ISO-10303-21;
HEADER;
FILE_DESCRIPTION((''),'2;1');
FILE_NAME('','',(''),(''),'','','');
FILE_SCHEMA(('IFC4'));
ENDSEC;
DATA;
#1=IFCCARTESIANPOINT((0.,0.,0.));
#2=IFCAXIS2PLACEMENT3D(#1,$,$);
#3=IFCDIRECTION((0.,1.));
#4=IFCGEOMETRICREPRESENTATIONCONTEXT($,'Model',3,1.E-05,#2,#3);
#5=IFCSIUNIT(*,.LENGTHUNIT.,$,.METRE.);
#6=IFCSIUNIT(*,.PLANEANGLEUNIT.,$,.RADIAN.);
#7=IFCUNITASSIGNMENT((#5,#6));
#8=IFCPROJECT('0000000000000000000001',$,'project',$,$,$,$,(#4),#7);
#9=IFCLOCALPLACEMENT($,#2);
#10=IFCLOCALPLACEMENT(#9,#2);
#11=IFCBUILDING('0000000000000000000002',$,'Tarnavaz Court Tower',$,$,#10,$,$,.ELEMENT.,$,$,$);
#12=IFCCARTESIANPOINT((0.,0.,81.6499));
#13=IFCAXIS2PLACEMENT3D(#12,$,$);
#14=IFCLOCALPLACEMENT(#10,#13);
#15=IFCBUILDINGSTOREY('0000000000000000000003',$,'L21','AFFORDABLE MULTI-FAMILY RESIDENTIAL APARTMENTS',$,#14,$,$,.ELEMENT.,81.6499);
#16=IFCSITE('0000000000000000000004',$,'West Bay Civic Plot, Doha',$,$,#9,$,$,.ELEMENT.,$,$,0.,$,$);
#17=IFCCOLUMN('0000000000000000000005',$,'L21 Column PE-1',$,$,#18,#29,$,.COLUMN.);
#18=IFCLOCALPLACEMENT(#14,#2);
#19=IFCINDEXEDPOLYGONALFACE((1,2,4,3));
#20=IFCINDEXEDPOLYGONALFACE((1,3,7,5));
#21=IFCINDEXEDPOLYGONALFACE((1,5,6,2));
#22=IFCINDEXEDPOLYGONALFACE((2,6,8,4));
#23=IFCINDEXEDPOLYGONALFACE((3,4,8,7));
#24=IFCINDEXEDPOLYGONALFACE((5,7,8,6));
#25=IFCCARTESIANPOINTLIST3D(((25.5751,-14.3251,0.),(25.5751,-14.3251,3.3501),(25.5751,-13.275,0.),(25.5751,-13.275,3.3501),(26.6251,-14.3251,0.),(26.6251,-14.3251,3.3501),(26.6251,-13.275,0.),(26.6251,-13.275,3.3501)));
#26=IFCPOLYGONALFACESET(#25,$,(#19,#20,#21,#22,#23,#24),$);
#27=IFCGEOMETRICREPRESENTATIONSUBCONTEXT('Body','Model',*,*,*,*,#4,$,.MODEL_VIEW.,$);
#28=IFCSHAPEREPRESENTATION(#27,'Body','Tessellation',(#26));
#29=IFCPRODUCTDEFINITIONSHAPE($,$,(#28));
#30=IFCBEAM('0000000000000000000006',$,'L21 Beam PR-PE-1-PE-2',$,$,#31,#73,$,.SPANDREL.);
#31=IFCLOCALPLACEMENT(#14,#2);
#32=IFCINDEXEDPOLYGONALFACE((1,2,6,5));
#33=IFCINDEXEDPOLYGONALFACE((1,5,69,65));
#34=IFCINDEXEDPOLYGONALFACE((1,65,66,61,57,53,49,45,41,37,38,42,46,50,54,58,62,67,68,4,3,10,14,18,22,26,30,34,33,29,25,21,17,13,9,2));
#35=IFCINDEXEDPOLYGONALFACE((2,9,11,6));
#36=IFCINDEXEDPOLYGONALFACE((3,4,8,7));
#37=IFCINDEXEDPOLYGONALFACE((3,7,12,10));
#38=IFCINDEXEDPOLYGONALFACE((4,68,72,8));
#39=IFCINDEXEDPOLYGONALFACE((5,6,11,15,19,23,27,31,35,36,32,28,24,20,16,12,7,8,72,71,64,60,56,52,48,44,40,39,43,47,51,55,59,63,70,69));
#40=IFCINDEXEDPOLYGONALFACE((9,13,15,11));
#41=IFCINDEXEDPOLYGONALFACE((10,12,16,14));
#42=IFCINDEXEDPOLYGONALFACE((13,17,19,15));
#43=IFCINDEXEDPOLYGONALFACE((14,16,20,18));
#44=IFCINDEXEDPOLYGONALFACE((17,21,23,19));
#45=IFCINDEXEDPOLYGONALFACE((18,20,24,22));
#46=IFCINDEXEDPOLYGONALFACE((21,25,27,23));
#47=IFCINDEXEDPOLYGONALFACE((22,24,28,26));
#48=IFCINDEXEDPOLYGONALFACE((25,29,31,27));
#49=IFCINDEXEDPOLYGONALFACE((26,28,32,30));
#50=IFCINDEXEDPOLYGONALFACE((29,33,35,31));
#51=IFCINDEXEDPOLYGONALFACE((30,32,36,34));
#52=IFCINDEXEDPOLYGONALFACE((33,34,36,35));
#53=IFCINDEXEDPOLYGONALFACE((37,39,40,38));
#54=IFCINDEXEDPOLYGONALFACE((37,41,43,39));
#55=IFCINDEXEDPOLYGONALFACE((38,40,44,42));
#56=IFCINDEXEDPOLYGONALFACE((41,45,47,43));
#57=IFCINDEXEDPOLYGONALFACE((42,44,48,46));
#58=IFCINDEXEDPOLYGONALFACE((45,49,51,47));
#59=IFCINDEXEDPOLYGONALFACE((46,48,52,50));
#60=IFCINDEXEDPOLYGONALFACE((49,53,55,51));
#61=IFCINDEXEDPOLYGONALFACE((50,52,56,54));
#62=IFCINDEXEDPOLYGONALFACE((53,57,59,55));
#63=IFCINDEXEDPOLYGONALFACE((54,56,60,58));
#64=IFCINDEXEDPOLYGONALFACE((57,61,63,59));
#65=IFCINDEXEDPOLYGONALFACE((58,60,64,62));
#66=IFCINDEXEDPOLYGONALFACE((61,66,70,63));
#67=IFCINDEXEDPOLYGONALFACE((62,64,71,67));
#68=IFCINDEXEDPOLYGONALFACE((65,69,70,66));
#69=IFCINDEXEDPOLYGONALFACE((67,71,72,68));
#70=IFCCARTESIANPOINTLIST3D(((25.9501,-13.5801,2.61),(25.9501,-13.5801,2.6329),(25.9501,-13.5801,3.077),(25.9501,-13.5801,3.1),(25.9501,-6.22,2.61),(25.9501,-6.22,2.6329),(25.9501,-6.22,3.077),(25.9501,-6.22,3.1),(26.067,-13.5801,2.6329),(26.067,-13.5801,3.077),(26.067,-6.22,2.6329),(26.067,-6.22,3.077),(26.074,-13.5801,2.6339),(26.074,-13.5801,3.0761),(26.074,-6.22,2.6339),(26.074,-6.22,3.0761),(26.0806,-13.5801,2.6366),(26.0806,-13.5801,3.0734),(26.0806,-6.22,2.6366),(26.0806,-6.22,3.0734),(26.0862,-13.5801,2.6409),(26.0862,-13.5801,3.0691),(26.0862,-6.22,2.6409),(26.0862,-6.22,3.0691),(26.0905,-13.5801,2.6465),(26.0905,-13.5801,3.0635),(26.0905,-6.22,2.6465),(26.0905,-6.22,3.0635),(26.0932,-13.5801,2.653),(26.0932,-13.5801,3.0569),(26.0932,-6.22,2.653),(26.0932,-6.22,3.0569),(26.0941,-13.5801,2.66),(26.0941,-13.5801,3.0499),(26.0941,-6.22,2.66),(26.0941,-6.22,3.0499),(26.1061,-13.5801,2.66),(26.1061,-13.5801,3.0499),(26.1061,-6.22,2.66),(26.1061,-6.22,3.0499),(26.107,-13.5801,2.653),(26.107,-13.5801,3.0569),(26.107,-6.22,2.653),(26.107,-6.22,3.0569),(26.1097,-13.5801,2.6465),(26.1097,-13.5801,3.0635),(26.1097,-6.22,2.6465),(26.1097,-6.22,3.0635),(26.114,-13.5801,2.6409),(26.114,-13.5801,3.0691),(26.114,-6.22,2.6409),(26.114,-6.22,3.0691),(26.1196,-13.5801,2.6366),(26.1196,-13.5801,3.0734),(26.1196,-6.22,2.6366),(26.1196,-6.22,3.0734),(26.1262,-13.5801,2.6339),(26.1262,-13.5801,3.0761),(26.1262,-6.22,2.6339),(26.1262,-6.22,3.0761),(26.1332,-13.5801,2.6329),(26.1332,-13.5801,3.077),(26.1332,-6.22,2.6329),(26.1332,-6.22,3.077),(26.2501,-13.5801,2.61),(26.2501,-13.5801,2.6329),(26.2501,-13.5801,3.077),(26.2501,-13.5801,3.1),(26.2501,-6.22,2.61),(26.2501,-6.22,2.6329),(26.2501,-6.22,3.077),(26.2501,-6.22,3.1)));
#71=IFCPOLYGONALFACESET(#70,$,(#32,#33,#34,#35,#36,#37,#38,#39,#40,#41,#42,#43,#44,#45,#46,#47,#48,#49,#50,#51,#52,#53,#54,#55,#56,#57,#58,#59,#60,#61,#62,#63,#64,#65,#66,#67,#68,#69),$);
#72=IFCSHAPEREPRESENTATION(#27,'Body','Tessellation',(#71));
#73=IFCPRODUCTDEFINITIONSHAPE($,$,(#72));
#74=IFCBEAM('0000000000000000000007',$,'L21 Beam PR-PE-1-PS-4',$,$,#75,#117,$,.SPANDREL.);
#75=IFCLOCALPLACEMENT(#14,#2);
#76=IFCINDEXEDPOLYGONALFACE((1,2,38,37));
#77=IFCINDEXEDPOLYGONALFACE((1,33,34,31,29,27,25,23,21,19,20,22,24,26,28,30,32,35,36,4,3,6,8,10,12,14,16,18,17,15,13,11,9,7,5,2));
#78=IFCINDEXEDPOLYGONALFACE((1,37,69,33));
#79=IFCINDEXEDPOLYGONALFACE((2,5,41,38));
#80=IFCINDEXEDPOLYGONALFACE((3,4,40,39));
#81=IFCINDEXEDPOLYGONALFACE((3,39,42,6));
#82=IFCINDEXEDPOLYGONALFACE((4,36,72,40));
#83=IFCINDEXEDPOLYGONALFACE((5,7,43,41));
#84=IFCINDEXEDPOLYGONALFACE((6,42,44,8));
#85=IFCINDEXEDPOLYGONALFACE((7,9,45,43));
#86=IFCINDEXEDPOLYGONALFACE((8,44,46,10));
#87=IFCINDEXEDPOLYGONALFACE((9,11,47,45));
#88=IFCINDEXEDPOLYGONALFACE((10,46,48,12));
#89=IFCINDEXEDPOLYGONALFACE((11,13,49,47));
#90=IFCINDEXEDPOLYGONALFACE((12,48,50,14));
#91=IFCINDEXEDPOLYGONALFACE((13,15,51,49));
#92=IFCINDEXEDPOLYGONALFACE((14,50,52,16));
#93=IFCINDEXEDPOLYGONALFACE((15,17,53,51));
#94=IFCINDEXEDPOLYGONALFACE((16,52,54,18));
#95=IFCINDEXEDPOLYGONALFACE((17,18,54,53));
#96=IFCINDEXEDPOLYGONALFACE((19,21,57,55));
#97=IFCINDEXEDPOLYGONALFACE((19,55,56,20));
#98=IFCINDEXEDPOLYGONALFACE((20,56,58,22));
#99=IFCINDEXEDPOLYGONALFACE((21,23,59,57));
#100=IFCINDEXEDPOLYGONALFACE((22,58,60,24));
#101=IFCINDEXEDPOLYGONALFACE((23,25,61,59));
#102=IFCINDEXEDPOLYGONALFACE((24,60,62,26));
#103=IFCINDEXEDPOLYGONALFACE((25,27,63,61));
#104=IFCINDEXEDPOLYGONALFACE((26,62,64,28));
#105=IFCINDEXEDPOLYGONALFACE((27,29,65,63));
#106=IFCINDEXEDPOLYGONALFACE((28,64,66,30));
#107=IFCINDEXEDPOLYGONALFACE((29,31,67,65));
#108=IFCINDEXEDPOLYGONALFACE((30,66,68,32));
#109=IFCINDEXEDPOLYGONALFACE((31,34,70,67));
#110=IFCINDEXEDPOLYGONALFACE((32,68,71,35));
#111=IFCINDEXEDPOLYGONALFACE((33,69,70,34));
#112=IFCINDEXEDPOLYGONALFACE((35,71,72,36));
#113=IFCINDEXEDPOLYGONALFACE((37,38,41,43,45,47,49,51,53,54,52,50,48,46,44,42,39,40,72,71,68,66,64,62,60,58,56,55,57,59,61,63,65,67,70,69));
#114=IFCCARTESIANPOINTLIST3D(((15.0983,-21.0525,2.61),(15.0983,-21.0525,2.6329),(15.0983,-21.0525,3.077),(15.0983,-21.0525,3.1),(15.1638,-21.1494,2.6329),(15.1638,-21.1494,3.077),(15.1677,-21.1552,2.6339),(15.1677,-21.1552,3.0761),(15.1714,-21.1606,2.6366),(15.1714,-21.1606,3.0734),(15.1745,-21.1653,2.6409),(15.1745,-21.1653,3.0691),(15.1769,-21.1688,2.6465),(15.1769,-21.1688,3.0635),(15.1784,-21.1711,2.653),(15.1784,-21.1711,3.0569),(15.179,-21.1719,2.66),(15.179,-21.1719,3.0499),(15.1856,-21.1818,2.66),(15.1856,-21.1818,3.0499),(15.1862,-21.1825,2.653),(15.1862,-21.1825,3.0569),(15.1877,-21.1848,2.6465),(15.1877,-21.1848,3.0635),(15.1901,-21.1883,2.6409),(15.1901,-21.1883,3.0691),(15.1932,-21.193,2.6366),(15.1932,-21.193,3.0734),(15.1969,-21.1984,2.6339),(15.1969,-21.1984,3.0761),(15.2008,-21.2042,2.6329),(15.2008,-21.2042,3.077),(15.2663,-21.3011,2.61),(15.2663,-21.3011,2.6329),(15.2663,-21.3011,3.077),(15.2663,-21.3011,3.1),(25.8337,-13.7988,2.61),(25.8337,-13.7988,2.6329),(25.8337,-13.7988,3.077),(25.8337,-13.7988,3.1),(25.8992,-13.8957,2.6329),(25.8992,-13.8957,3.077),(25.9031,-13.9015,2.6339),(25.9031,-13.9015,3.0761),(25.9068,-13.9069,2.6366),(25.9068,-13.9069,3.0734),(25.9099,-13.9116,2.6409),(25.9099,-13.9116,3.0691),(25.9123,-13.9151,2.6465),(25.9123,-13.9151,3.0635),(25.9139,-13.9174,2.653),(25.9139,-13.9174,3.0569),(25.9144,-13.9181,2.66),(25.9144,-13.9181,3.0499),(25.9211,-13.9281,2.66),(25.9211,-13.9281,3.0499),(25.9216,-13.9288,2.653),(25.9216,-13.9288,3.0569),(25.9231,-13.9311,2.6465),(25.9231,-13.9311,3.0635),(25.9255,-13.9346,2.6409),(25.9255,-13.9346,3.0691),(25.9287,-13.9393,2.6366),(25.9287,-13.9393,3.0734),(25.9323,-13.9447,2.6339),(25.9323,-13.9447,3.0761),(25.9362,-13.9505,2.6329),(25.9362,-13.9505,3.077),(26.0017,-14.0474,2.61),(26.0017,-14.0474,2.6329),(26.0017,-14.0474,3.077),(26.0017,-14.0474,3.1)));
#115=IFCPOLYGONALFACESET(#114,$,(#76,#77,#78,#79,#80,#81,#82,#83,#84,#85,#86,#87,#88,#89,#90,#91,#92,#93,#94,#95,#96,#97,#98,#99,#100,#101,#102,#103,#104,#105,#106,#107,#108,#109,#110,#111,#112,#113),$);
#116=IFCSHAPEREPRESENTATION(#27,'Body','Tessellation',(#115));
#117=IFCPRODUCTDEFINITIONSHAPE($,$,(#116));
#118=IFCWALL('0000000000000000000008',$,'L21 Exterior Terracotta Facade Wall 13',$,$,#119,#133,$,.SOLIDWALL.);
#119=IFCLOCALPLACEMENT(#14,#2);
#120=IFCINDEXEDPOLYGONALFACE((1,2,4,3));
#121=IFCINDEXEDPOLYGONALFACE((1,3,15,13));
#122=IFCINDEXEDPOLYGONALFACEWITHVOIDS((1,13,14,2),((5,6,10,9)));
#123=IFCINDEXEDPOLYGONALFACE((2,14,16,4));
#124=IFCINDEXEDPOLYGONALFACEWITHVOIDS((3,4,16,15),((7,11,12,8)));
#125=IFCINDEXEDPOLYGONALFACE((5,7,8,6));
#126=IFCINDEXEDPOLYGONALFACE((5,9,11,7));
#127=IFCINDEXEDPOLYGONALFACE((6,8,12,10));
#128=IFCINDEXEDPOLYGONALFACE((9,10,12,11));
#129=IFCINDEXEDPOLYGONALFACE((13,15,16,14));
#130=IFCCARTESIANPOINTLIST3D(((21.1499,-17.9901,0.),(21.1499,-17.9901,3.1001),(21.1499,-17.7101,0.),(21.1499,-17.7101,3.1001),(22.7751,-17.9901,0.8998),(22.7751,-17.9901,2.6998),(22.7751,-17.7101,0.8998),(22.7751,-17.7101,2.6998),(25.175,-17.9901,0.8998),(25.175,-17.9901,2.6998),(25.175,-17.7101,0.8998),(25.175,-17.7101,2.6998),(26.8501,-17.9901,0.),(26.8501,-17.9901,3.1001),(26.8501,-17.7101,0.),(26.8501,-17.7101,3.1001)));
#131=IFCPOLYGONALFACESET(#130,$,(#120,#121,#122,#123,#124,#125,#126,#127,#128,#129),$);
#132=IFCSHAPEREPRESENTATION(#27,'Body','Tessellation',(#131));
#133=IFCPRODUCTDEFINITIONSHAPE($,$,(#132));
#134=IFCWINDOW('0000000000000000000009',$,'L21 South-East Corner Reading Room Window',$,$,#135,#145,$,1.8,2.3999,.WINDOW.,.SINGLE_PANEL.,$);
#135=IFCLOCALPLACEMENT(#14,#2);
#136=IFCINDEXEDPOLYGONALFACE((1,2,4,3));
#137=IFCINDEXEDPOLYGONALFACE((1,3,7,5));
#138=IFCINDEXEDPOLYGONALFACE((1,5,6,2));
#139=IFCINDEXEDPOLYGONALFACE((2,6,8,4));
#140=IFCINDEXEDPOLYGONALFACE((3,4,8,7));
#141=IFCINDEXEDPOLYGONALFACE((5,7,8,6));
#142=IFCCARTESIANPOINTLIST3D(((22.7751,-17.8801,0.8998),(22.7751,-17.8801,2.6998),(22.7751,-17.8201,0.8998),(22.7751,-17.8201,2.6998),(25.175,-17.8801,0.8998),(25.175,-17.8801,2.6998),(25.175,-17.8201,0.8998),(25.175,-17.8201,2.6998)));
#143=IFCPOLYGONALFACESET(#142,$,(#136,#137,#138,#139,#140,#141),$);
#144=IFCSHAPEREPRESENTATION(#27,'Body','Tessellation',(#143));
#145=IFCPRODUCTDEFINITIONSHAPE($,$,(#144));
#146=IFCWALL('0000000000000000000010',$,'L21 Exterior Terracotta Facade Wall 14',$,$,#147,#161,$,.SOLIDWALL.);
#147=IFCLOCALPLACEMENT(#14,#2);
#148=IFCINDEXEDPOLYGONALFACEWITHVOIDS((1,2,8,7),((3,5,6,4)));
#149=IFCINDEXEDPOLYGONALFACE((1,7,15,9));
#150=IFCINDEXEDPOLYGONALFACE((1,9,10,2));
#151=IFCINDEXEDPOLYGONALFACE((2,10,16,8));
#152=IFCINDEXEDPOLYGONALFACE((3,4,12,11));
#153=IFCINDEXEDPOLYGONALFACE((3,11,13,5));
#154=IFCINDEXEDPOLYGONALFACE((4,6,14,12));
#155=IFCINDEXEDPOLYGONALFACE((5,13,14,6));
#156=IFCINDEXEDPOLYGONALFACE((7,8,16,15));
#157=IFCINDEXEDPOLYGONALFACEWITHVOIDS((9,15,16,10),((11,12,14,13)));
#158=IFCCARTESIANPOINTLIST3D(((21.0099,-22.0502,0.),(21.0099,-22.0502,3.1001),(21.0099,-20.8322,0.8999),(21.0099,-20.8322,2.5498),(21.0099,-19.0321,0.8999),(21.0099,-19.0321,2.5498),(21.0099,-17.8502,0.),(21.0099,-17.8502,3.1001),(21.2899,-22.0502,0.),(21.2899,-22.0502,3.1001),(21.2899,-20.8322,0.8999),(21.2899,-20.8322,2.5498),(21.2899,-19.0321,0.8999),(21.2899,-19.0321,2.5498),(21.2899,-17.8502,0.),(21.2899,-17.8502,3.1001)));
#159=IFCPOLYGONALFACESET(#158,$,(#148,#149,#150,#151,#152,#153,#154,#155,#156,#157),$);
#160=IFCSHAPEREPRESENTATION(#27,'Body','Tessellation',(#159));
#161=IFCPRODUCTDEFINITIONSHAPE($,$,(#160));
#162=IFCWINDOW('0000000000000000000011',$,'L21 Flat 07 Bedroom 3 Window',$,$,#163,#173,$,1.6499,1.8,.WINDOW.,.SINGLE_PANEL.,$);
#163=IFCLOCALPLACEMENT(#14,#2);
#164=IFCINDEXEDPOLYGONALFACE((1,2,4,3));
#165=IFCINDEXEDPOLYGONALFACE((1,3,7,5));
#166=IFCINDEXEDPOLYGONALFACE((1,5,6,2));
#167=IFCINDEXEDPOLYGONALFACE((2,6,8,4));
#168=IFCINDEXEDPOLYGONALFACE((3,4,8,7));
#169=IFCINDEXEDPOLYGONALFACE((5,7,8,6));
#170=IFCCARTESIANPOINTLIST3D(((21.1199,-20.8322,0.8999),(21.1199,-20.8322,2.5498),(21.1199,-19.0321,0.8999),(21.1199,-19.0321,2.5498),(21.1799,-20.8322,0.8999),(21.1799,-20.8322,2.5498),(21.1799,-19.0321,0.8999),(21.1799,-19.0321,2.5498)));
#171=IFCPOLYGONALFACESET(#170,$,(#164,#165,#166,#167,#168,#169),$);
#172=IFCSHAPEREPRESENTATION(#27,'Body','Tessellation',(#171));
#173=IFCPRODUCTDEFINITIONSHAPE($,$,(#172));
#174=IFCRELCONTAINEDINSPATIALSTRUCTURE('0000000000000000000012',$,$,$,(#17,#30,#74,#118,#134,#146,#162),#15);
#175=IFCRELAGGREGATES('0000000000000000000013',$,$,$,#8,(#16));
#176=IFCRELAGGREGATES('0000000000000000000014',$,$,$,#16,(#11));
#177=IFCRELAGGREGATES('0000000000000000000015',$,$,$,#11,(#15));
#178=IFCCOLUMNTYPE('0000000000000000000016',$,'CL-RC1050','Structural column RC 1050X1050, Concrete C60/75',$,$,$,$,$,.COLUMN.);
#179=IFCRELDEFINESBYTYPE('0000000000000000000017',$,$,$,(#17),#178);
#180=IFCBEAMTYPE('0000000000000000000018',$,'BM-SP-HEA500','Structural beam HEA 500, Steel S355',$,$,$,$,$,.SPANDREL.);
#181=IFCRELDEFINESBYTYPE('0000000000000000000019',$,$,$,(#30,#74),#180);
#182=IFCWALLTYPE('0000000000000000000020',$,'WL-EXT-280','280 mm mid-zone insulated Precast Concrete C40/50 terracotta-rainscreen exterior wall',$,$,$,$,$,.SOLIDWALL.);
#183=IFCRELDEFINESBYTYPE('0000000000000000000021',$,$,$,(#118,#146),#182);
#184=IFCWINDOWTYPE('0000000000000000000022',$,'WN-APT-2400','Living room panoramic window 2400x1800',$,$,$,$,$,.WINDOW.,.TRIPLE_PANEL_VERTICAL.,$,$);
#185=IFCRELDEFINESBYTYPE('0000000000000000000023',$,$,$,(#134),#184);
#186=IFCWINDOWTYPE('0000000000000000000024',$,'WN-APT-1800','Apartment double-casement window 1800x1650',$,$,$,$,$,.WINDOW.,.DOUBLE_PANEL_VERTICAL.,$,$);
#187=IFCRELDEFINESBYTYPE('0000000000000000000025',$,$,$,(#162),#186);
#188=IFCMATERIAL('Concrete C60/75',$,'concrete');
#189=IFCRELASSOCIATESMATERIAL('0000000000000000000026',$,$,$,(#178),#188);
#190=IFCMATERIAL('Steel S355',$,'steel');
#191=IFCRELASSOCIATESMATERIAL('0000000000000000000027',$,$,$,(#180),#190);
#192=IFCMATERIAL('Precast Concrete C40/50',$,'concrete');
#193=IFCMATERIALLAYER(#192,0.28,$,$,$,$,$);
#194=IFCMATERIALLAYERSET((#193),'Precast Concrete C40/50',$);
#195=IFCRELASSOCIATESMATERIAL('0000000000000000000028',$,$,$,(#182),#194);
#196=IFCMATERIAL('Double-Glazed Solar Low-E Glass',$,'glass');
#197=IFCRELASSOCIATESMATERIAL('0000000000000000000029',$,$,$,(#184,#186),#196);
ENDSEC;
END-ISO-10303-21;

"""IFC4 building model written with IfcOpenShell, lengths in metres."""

from ifc_helpers import new_model, si_unit, direction, frame, frame_2d, origin, origin_2d, place, context, subcontext, project, spatial, rectangle, i_section, extrude, material, layer, layer_set, material_profile, profile_set, type_object, element, fill, save


model = new_model("IFC4")

# Units and contexts
model_context = context("Model", 3, precision=1e-05, world=origin(), true_north=direction((0.0, 1.0)))
body_context = subcontext(model_context, "Body", "Model", "MODEL_VIEW")
ifc_project = project(units=[si_unit("LENGTHUNIT", "METRE"), si_unit("PLANEANGLEUNIT", "RADIAN")], contexts=[model_context])

# Site, building, storey
site_placement = place(None, origin())
site = spatial("IfcSite", under=ifc_project, at=site_placement, Name="West Bay Civic Plot, Doha", CompositionType="ELEMENT", RefElevation=0.0)
building_placement = place(site_placement, origin())
building = spatial("IfcBuilding", under=site, at=building_placement, Name="Tarnavaz Court Tower", CompositionType="ELEMENT")
storey_placement = place(building_placement, frame((0.0, 0.0, 81.6499)))
storey = spatial("IfcBuildingStorey", under=building, at=storey_placement, Name="L21", Description="AFFORDABLE MULTI-FAMILY RESIDENTIAL APARTMENTS", CompositionType="ELEMENT", Elevation=81.6499)

# Column
ifc_material_1 = material(Name="Concrete C60/75", Category="concrete")
ifc_material_profile_1 = material_profile(ifc_material_1, rectangle(XDim=1.05, YDim=1.05, at=origin_2d()), Name="RC 1050X1050")
ifc_profile_set_1 = profile_set([ifc_material_profile_1], Name="Concrete C60/75")
column_type = type_object("IfcColumnType", Name="CL-RC1050", Description="Structural column RC 1050X1050, Concrete C60/75", PredefinedType="COLUMN", material=ifc_profile_set_1)
column_placement = place(storey_placement, frame((26.1001, -13.8, 0.0), z_axis=(0.0, 0.0, 1.0), x_axis=(1.0, 0.0, 0.0)))
element("IfcColumn", 1, at=column_placement, inside=storey, type_object=column_type, Name="L21 Column PE-1", PredefinedType="COLUMN", context=body_context, shape_type="SweptSolid", body=[
    extrude(rectangle(XDim=1.05, YDim=1.05, at=origin_2d()), origin(), (0.0, 0.0, 1.0), 3.3501),
])

# Beams
ifc_material_2 = material(Name="Steel S355", Category="steel")
ifc_material_profile_2 = material_profile(ifc_material_2, i_section(OverallWidth=0.3, OverallDepth=0.49, WebThickness=0.012, FlangeThickness=0.0229, FilletRadius=0.0271, at=origin_2d()), Name="HEA 500")
ifc_profile_set_2 = profile_set([ifc_material_profile_2], Name="Steel S355")
beam_type = type_object("IfcBeamType", Name="BM-SP-HEA500", Description="Structural beam HEA 500, Steel S355", PredefinedType="SPANDREL", material=ifc_profile_set_2)
beam_1_placement = place(storey_placement, frame((26.1001, -13.5801, 2.855), z_axis=(0.0, 1.0, 0.0), x_axis=(-1.0, 0.0, 0.0)))
element("IfcBeam", 2, at=beam_1_placement, inside=storey, type_object=beam_type, Name="L21 Beam PR-PE-1-PE-2", PredefinedType="SPANDREL", context=body_context, shape_type="SweptSolid", body=[
    extrude(i_section(OverallWidth=0.3, OverallDepth=0.49, WebThickness=0.012, FlangeThickness=0.0229, FilletRadius=0.0271, at=origin_2d()), origin(), (0.0, 0.0, 1.0), 7.3601),
])
beam_2_placement = place(storey_placement, frame((25.9177, -13.9231, 2.855), z_axis=(-0.828587, -0.55986, 0.0), x_axis=(0.55986, -0.828587, 0.0)))
element("IfcBeam", 3, at=beam_2_placement, inside=storey, type_object=beam_type, Name="L21 Beam PR-PE-1-PS-4", PredefinedType="SPANDREL", context=body_context, shape_type="SweptSolid", body=[
    extrude(i_section(OverallWidth=0.3, OverallDepth=0.49, WebThickness=0.012, FlangeThickness=0.0229, FilletRadius=0.0271, at=origin_2d()), origin(), (0.0, 0.0, 1.0), 12.9563),
])

# Walls, openings, windows
ifc_material_3 = material(Name="Precast Concrete C40/50", Category="concrete")
ifc_layer_1 = layer(ifc_material_3, 0.28)
ifc_layer_set_1 = layer_set([ifc_layer_1], Name="Precast Concrete C40/50")
wall_type_1 = type_object("IfcWallType", Name="WL-EXT-280", Description="280 mm mid-zone insulated Precast Concrete C40/50 terracotta-rainscreen exterior wall", PredefinedType="SOLIDWALL", material=ifc_layer_set_1)
wall_1_placement = place(storey_placement, frame((26.8501, -17.8501, 0.0), z_axis=(0.0, 0.0, 1.0), x_axis=(-1.0, 0.0, 0.0)))
wall_1 = element("IfcWall", 4, at=wall_1_placement, inside=storey, type_object=wall_type_1, Name="L21 Exterior Terracotta Facade Wall 13", PredefinedType="SOLIDWALL", context=body_context, shape_type="SweptSolid", body=[
    extrude(rectangle(XDim=5.7002, YDim=0.28, at=frame_2d((2.8501, 0.0))), origin(), (0.0, 0.0, 1.0), 3.1001),
])
opening_1_placement = place(wall_1_placement, frame((1.675, 0.0, 0.8999)))
opening_1 = element("IfcOpeningElement", 5, at=opening_1_placement, cuts=wall_1, PredefinedType="OPENING", context=body_context, shape_type="SweptSolid", body=[
    extrude(rectangle(XDim=2.3999, YDim=1.8, at=frame_2d((1.2, 0.8999))), frame((0.0, 0.1499, 0.0), z_axis=(0.0, -1.0, 0.0), x_axis=(1.0, 0.0, 0.0)), (0.0, 0.0, 1.0), 0.3),
])
ifc_material_4 = material(Name="Double-Glazed Solar Low-E Glass", Category="glass")
window_type_1 = type_object("IfcWindowType", Name="WN-APT-2400", Description="Living room panoramic window 2400x1800", PartitioningType="TRIPLE_PANEL_VERTICAL", PredefinedType="WINDOW", material=ifc_material_4)
window_1_placement = place(opening_1_placement, origin())
window_1 = element("IfcWindow", 6, at=window_1_placement, inside=storey, type_object=window_type_1, Name="L21 South-East Corner Reading Room Window", OverallHeight=1.8, OverallWidth=2.3999, PartitioningType="SINGLE_PANEL", PredefinedType="WINDOW", context=body_context, shape_type="SweptSolid", body=[
    extrude(rectangle(XDim=2.3999, YDim=1.8, at=frame_2d((1.2, 0.8999))), frame((0.0, 0.03, 0.0), z_axis=(0.0, -1.0, 0.0), x_axis=(1.0, 0.0, 0.0)), (0.0, 0.0, 1.0), 0.0601),
])
fill(opening_1, window_1)
wall_2_placement = place(storey_placement, frame((21.1499, -17.8501, 0.0), z_axis=(0.0, 0.0, 1.0), x_axis=(0.0, -1.0, 0.0)))
wall_2 = element("IfcWall", 7, at=wall_2_placement, inside=storey, type_object=wall_type_1, Name="L21 Exterior Terracotta Facade Wall 14", PredefinedType="SOLIDWALL", context=body_context, shape_type="SweptSolid", body=[
    extrude(rectangle(XDim=4.2, YDim=0.28, at=frame_2d((2.1001, 0.0))), origin(), (0.0, 0.0, 1.0), 3.1001),
])
opening_2_placement = place(wall_2_placement, frame((1.1821, 0.0, 0.8999)))
opening_2 = element("IfcOpeningElement", 8, at=opening_2_placement, cuts=wall_2, PredefinedType="OPENING", context=body_context, shape_type="SweptSolid", body=[
    extrude(rectangle(XDim=1.8, YDim=1.6499, at=frame_2d((0.8999, 0.825))), frame((0.0, 0.1499, 0.0), z_axis=(0.0, -1.0, 0.0), x_axis=(1.0, 0.0, 0.0)), (0.0, 0.0, 1.0), 0.3),
])
window_type_2 = type_object("IfcWindowType", Name="WN-APT-1800", Description="Apartment double-casement window 1800x1650", PartitioningType="DOUBLE_PANEL_VERTICAL", PredefinedType="WINDOW", material=ifc_material_4)
window_2_placement = place(opening_2_placement, origin())
window_2 = element("IfcWindow", 9, at=window_2_placement, inside=storey, type_object=window_type_2, Name="L21 Flat 07 Bedroom 3 Window", OverallHeight=1.6499, OverallWidth=1.8, PartitioningType="SINGLE_PANEL", PredefinedType="WINDOW", context=body_context, shape_type="SweptSolid", body=[
    extrude(rectangle(XDim=1.8, YDim=1.6499, at=frame_2d((0.8999, 0.825))), frame((0.0, 0.03, 0.0), z_axis=(0.0, -1.0, 0.0), x_axis=(1.0, 0.0, 0.0)), (0.0, 0.0, 1.0), 0.0601),
])
fill(opening_2, window_2)

save(model, "model.ifc")
